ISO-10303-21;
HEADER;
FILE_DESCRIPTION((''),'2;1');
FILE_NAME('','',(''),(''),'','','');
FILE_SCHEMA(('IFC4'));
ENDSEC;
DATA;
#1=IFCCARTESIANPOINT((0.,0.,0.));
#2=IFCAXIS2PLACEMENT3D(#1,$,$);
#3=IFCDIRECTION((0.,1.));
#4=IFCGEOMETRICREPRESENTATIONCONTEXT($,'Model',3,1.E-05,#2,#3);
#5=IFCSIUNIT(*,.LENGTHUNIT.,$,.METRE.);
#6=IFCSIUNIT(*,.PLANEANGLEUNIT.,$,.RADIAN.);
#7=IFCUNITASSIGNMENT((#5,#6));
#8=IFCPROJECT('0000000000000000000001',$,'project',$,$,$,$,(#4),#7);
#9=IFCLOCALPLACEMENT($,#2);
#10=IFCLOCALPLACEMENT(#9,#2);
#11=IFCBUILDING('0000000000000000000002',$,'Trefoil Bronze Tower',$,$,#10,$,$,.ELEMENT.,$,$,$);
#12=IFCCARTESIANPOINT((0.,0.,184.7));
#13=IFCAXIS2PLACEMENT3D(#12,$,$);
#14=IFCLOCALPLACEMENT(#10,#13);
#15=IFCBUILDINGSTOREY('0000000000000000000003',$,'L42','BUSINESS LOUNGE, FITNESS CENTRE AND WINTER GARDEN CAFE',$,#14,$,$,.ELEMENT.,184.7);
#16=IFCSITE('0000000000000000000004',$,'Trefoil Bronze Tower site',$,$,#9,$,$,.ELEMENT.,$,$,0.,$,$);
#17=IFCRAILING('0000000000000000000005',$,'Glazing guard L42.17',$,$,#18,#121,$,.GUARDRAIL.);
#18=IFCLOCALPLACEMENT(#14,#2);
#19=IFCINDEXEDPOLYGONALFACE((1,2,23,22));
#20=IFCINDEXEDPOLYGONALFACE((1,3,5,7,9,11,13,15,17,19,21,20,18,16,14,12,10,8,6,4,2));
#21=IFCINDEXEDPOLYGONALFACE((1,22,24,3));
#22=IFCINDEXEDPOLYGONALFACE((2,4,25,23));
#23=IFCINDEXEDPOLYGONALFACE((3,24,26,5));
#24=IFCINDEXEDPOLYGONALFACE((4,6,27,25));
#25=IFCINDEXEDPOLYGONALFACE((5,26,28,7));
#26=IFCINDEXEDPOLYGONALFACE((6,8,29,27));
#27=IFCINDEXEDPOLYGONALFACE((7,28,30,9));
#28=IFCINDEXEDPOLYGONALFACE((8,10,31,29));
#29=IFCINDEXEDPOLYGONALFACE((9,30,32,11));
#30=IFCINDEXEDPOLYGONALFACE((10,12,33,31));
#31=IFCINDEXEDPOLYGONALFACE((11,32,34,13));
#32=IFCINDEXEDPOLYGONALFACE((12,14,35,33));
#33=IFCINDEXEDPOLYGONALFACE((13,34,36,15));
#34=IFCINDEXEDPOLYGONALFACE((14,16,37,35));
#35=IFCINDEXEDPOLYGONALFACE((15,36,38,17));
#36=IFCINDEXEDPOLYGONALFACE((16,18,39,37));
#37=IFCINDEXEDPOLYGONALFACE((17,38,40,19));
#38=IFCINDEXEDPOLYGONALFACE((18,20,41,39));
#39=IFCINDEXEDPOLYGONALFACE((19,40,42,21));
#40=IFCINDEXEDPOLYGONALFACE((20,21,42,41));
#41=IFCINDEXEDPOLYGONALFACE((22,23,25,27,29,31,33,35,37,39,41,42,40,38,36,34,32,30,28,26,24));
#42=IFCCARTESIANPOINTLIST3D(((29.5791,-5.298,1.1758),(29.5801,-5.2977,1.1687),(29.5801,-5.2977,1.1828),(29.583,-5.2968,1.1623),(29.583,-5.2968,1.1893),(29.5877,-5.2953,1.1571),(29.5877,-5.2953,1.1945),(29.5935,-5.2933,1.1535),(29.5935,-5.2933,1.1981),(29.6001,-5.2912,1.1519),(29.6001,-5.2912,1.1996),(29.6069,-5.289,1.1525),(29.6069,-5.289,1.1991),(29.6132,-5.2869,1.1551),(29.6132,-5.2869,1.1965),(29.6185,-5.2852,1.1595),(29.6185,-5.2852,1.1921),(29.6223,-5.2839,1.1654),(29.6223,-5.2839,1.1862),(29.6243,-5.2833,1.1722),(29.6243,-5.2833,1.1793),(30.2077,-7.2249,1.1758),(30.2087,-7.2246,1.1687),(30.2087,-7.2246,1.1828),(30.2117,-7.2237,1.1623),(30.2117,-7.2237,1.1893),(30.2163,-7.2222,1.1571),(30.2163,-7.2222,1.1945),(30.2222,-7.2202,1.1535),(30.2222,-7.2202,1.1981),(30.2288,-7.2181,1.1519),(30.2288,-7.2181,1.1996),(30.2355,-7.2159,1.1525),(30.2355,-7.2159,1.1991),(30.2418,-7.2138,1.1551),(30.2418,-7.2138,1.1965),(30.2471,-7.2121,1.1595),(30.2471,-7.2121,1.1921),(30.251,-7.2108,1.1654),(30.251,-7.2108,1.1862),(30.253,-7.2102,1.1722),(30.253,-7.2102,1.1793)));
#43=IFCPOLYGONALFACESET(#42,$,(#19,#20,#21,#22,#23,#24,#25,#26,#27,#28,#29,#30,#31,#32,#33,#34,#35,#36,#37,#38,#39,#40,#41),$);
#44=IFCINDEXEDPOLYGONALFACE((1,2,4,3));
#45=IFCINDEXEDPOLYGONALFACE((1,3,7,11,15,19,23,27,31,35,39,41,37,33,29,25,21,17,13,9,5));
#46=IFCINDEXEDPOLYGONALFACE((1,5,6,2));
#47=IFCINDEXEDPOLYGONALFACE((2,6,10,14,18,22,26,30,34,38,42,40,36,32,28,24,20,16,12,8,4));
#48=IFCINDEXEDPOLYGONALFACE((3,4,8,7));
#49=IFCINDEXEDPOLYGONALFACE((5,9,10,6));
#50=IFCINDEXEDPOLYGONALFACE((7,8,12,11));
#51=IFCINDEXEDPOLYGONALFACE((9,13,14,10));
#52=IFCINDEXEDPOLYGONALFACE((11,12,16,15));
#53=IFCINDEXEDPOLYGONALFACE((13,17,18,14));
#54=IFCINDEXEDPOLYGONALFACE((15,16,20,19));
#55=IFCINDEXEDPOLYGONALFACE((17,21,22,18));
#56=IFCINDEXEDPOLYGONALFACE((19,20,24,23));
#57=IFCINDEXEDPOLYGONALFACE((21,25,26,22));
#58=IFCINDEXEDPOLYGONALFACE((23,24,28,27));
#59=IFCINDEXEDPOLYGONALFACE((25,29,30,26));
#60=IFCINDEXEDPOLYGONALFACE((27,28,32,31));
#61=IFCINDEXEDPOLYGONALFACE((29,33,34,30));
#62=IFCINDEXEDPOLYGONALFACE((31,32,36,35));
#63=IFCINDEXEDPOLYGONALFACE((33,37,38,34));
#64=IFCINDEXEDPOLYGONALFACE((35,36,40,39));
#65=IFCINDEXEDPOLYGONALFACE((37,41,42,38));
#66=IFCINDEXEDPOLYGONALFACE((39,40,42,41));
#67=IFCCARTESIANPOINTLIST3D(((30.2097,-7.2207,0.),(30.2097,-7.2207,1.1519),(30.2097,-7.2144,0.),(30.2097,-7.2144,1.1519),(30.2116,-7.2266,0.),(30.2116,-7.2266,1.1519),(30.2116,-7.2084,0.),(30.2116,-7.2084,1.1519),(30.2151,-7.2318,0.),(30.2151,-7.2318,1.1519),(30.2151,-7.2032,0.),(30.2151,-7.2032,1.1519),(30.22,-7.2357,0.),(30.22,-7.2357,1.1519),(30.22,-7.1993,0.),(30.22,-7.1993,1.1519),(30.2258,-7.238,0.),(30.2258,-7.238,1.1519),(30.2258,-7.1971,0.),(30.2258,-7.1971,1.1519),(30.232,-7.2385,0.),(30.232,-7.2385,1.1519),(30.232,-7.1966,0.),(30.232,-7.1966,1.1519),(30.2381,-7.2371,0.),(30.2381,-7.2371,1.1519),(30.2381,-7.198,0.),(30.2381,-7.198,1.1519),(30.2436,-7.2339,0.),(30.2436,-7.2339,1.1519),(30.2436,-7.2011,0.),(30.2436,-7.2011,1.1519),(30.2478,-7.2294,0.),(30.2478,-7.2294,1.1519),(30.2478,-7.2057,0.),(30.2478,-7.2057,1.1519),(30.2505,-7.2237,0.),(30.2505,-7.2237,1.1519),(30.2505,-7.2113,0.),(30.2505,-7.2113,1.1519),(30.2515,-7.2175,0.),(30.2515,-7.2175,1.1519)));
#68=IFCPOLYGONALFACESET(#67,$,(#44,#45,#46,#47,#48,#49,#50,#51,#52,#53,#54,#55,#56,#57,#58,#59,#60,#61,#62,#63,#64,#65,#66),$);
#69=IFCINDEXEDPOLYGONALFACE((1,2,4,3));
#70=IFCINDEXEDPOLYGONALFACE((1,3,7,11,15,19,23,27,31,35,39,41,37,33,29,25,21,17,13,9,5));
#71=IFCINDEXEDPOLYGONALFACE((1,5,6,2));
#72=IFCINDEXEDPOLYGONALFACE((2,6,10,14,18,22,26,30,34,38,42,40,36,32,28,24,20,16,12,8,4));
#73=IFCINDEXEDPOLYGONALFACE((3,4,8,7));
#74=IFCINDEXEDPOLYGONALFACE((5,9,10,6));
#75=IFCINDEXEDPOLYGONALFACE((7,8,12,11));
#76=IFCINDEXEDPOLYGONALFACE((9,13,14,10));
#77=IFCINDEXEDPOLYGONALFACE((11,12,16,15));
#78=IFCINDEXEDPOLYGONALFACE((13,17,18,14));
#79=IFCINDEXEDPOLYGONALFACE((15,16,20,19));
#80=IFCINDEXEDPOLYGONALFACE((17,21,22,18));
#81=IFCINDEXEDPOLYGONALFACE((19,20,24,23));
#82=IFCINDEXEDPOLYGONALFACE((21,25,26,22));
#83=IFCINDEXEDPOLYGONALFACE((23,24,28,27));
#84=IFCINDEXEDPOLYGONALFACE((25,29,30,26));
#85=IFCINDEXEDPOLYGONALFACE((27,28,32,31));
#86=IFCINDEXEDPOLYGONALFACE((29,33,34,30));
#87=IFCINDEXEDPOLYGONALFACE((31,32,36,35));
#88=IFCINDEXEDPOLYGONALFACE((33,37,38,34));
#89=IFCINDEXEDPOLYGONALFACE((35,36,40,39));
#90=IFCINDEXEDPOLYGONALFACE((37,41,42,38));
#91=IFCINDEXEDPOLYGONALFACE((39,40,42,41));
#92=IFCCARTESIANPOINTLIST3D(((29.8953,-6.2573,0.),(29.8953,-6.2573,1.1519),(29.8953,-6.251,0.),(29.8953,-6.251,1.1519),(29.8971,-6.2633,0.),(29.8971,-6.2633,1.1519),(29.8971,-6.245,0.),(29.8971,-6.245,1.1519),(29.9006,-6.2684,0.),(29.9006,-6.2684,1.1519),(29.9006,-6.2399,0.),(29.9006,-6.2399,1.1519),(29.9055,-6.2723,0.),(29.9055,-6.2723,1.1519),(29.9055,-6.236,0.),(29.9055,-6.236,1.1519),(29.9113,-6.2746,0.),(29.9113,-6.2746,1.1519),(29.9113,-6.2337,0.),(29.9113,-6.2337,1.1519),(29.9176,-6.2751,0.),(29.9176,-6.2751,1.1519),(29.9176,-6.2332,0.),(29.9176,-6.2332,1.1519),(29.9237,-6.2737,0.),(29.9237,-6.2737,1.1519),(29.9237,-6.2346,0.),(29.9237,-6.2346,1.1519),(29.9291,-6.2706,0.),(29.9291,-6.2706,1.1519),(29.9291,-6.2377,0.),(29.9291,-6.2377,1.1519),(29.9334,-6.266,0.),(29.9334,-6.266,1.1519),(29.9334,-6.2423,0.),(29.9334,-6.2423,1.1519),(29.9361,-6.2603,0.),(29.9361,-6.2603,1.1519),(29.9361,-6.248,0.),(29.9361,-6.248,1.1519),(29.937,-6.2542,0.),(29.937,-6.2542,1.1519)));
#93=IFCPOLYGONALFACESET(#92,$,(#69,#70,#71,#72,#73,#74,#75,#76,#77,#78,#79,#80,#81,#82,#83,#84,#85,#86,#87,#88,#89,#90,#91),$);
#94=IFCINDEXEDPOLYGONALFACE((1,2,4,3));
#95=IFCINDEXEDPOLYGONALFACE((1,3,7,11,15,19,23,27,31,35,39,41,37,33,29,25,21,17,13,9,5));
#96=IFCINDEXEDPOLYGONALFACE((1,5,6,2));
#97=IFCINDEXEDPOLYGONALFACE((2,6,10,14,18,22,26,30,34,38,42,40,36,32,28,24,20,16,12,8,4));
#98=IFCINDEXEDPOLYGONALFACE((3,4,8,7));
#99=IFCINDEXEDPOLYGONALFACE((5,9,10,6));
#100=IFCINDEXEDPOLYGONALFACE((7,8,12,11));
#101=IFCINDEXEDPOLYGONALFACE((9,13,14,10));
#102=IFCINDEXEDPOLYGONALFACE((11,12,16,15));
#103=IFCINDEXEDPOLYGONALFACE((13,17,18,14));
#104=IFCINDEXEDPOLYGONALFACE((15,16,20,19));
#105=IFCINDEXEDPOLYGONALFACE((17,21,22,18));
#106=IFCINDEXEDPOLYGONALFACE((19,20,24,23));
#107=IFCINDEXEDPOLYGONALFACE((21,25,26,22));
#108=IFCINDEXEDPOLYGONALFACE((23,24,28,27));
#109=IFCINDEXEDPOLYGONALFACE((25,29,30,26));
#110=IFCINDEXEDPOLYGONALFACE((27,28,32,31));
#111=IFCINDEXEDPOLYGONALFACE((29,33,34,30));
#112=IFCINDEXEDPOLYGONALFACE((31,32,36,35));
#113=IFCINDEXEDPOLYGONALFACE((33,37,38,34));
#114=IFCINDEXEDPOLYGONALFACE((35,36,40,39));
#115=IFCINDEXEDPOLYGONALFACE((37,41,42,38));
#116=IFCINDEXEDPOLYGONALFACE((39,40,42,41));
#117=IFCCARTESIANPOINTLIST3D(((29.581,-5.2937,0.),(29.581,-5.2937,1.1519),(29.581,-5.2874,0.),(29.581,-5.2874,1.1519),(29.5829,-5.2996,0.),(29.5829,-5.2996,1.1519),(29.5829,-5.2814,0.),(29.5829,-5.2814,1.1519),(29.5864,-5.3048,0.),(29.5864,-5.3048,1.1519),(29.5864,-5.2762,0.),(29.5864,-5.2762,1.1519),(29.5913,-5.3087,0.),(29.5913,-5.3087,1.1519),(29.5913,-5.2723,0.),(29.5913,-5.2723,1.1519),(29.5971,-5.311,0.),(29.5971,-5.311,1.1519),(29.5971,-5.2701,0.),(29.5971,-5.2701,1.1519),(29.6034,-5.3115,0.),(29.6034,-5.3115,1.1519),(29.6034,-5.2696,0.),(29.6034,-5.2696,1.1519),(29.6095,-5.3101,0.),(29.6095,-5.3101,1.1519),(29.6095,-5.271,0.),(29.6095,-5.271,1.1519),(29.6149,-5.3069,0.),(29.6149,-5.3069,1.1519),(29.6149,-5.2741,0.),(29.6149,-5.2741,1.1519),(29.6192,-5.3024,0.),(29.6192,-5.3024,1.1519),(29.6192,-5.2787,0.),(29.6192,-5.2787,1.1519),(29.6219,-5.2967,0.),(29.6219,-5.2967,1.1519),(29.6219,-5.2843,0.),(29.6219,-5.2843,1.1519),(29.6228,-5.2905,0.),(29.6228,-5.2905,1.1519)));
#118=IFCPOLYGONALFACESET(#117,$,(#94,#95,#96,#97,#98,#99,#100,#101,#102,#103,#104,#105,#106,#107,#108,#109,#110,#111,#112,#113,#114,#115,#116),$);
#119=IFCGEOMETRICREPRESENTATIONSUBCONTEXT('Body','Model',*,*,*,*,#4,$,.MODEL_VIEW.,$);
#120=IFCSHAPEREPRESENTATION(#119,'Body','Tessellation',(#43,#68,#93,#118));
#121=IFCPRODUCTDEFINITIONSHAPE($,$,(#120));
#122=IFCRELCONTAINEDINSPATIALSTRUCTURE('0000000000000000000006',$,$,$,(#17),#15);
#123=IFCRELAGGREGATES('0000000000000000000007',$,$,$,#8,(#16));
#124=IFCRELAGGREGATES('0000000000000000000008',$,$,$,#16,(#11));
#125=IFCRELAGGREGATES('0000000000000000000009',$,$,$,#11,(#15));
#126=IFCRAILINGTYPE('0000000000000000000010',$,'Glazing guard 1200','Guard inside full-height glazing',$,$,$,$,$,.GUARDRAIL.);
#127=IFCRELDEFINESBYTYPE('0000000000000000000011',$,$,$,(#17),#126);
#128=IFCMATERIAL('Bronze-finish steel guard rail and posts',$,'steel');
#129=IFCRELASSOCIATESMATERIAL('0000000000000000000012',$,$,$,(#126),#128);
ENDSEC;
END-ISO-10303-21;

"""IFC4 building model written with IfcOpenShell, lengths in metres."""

from ifc_helpers import new_model, si_unit, direction, frame, origin, origin_2d, place, context, subcontext, project, spatial, circle, extrude, material, type_object, element, save


model = new_model("IFC4")

# Units and contexts
model_context = context("Model", 3, precision=1e-05, world=origin(), true_north=direction((0.0, 1.0)))
body_context = subcontext(model_context, "Body", "Model", "MODEL_VIEW")
ifc_project = project(units=[si_unit("LENGTHUNIT", "METRE"), si_unit("PLANEANGLEUNIT", "RADIAN")], contexts=[model_context])

# Site, building, storey
site_placement = place(None, origin())
site = spatial("IfcSite", under=ifc_project, at=site_placement, Name="Trefoil Bronze Tower site", CompositionType="ELEMENT", RefElevation=0.0)
building_placement = place(site_placement, origin())
building = spatial("IfcBuilding", under=site, at=building_placement, Name="Trefoil Bronze Tower", CompositionType="ELEMENT")
storey_placement = place(building_placement, frame((0.0, 0.0, 184.7)))
storey = spatial("IfcBuildingStorey", under=building, at=storey_placement, Name="L42", Description="BUSINESS LOUNGE, FITNESS CENTRE AND WINTER GARDEN CAFE", CompositionType="ELEMENT", Elevation=184.7)

# Railing
ifc_material_1 = material(Name="Bronze-finish steel guard rail and posts", Category="steel")
railing_type = type_object("IfcRailingType", Name="Glazing guard 1200", Description="Guard inside full-height glazing", PredefinedType="GUARDRAIL", material=ifc_material_1)
railing_1_placement = place(storey_placement, frame((30.2305, -7.2175, 0.0)))
element("IfcRailing", 1, at=railing_1_placement, inside=storey, type_object=railing_type, Name="Glazing guard L42.17", PredefinedType="GUARDRAIL", context=body_context, shape_type="SweptSolid", body=[
    extrude(circle(Radius=0.0239, at=origin_2d()), frame((0.0, 0.0, 1.1758), z_axis=(-0.310151, 0.950687, 0.0), x_axis=(-0.950687, -0.310151, 0.0)), (0.0, 0.0, 1.0), 2.0269),
    extrude(circle(Radius=0.021, at=origin_2d()), origin(), (0.0, 0.0, 1.0), 1.1519),
    extrude(circle(Radius=0.021, at=origin_2d()), frame((-0.3145, 0.9634, 0.0)), (0.0, 0.0, 1.0), 1.1519),
    extrude(circle(Radius=0.021, at=origin_2d()), frame((-0.6287, 1.927, 0.0)), (0.0, 0.0, 1.0), 1.1519),
])

save(model, "model.ifc")
